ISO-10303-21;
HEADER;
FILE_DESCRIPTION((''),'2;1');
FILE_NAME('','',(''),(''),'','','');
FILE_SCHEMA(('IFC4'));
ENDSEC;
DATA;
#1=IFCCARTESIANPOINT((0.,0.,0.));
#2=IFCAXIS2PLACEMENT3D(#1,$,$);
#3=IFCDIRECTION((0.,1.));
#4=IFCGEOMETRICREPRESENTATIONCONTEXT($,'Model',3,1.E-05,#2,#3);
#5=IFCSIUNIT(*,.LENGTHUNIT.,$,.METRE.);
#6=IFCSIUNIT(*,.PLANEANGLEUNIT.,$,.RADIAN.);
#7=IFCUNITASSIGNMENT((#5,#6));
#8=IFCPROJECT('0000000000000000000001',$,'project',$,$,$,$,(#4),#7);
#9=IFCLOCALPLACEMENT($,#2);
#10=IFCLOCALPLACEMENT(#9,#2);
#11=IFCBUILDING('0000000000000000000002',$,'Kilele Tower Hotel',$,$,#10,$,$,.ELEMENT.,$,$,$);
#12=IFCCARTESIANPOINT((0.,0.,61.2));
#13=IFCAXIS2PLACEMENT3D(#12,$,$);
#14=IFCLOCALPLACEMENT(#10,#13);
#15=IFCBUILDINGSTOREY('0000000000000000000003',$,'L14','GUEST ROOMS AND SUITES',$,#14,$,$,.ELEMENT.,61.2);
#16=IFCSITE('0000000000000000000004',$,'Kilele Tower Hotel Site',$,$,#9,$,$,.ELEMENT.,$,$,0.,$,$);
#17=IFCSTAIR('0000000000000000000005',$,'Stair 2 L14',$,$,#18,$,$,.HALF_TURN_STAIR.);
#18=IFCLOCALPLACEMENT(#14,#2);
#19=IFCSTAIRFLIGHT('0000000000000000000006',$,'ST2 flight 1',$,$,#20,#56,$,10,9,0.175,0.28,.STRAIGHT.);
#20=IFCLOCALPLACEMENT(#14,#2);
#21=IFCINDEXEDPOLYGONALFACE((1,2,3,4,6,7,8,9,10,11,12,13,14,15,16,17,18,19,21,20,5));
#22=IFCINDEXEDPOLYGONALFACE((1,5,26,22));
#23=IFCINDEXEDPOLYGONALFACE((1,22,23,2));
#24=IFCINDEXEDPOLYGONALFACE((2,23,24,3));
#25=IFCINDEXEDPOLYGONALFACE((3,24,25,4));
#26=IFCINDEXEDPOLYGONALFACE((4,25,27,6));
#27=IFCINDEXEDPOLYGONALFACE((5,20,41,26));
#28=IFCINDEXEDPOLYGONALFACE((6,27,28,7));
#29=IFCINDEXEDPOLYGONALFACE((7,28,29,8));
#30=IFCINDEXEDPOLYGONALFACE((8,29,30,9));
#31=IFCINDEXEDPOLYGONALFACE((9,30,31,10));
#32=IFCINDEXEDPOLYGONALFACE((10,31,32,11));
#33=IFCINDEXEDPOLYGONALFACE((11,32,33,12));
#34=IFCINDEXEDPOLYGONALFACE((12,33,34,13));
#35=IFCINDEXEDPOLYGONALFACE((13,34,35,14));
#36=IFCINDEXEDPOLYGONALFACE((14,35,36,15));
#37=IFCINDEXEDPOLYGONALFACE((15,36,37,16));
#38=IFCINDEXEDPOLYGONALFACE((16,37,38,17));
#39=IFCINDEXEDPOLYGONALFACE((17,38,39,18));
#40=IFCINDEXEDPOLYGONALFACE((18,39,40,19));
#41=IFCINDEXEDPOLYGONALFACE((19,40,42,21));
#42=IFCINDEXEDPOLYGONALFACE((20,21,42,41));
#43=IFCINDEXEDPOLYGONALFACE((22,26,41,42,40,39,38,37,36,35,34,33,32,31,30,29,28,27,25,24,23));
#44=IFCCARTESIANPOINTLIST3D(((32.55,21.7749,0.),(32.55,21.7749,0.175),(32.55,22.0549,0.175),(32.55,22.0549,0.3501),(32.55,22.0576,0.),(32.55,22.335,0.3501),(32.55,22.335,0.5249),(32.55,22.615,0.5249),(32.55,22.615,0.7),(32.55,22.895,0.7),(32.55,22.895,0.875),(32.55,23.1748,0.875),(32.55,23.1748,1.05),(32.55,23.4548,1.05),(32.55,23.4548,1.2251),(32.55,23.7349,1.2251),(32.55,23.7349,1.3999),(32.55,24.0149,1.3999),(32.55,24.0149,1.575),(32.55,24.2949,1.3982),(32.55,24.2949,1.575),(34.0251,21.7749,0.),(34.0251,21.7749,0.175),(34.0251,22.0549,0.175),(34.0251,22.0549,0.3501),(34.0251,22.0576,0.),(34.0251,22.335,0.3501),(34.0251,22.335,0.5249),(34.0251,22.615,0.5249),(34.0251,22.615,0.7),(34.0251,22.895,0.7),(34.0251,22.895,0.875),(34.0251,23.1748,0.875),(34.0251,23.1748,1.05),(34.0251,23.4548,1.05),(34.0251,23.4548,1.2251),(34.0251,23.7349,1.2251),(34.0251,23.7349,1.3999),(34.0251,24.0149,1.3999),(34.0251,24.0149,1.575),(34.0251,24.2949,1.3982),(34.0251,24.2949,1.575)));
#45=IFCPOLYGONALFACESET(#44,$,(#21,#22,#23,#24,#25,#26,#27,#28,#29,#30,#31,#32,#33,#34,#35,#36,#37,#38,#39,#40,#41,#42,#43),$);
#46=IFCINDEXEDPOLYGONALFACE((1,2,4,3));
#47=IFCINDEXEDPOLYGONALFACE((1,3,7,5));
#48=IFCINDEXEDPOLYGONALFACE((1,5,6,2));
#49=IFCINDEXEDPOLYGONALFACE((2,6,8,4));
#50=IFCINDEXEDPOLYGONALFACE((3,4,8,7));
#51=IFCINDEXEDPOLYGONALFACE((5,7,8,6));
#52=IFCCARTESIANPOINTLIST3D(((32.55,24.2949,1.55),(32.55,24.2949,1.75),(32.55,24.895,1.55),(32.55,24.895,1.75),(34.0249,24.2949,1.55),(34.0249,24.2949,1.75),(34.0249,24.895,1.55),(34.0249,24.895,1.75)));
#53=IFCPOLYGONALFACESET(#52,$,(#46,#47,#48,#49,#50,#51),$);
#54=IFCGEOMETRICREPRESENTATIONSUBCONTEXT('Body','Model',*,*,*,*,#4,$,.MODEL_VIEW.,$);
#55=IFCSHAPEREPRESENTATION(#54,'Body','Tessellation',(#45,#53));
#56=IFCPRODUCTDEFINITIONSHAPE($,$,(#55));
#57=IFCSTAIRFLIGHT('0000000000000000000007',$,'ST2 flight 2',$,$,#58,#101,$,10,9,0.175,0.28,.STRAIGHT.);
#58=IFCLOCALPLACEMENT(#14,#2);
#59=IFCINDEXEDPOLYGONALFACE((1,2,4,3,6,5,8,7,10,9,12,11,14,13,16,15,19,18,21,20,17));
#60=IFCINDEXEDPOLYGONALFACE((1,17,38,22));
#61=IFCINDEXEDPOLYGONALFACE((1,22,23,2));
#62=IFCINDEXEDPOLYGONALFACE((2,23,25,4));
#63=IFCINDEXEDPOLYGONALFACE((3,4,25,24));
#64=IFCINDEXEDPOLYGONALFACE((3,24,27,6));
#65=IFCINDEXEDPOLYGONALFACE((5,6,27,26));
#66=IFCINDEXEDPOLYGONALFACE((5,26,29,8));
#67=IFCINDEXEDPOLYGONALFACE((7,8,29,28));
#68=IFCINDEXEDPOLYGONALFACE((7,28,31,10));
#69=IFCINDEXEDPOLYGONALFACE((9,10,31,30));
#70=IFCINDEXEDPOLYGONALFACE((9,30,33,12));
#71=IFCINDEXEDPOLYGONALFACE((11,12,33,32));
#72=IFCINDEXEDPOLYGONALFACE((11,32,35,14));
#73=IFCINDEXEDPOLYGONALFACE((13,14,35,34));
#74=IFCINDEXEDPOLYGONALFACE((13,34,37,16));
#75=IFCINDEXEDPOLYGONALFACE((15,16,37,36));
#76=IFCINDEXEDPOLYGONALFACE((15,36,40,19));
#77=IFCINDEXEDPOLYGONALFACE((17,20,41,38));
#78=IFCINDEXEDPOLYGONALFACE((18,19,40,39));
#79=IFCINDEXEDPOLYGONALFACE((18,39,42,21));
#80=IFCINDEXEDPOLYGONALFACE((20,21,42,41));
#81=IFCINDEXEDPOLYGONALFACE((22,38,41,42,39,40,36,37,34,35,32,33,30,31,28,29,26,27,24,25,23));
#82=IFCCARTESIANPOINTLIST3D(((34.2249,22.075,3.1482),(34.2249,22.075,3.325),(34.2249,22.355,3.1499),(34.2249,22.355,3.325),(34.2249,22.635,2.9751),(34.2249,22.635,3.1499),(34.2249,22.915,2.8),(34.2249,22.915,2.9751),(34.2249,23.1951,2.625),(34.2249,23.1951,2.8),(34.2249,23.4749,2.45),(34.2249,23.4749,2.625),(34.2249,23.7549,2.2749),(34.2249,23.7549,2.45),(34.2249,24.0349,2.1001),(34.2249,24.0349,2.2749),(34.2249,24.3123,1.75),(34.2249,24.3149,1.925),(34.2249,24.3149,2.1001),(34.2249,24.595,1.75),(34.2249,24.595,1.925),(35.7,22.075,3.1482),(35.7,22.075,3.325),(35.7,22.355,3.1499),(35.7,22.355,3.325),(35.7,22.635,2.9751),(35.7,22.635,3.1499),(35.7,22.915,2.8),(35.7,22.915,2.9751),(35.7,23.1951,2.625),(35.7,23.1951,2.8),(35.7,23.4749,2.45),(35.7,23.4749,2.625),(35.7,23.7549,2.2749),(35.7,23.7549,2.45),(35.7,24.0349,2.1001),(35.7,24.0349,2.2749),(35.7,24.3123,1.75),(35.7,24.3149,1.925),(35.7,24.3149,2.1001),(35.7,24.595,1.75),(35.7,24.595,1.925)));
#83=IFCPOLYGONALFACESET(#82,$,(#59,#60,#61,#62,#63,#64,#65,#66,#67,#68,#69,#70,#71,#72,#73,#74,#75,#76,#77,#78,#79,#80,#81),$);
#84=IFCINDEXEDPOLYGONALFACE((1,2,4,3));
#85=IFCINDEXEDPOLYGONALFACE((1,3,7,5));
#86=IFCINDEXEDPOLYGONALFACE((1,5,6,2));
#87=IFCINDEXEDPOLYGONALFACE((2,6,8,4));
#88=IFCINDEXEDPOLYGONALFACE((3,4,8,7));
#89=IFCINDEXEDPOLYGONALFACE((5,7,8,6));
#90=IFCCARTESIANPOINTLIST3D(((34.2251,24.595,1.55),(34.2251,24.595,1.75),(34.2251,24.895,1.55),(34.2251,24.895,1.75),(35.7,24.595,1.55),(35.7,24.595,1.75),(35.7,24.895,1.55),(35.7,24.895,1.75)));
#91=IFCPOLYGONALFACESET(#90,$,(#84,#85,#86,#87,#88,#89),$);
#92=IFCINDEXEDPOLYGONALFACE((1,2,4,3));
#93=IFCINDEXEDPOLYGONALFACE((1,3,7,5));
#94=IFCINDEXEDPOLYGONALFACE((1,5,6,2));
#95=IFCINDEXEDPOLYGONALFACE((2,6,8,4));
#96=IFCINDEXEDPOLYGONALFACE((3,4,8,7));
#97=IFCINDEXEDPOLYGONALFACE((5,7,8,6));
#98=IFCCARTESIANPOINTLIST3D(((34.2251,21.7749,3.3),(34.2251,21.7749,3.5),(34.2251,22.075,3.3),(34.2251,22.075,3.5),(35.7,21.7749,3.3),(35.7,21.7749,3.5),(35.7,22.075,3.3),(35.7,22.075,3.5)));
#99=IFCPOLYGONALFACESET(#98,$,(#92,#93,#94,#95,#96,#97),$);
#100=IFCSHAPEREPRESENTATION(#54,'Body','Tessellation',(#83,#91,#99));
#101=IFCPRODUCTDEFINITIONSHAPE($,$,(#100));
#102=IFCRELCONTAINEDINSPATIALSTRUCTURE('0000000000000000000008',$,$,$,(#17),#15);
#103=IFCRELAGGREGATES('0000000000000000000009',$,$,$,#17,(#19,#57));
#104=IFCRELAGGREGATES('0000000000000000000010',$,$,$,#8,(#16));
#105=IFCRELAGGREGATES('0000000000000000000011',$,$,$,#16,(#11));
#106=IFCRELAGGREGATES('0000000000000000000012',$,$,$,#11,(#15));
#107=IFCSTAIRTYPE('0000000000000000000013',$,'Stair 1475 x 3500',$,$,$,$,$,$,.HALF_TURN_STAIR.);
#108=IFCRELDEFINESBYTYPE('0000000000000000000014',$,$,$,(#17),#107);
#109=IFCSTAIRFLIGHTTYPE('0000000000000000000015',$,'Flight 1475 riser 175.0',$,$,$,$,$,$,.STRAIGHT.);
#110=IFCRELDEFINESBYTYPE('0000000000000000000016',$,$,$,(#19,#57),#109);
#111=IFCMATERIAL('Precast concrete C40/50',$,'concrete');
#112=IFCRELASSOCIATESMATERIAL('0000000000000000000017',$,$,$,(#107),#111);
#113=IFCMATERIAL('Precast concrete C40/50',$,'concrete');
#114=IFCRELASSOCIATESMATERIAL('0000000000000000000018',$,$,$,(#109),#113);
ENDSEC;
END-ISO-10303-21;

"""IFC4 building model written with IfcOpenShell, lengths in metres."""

from ifc_helpers import new_model, si_unit, direction, frame, origin, place, context, subcontext, project, spatial, polyline, outline, extrude, material, type_object, element, aggregate, save


model = new_model("IFC4")

# Units and contexts
model_context = context("Model", 3, precision=1e-05, world=origin(), true_north=direction((0.0, 1.0)))
body_context = subcontext(model_context, "Body", "Model", "MODEL_VIEW")
ifc_project = project(units=[si_unit("LENGTHUNIT", "METRE"), si_unit("PLANEANGLEUNIT", "RADIAN")], contexts=[model_context])

# Site, building, storey
site_placement = place(None, origin())
site = spatial("IfcSite", under=ifc_project, at=site_placement, Name="Kilele Tower Hotel Site", CompositionType="ELEMENT", RefElevation=0.0)
building_placement = place(site_placement, origin())
building = spatial("IfcBuilding", under=site, at=building_placement, Name="Kilele Tower Hotel", CompositionType="ELEMENT")
storey_placement = place(building_placement, frame((0.0, 0.0, 61.2)))
storey = spatial("IfcBuildingStorey", under=building, at=storey_placement, Name="L14", Description="GUEST ROOMS AND SUITES", CompositionType="ELEMENT", Elevation=61.2)

# Stair, stair flights
ifc_material_1 = material(Name="Precast concrete C40/50", Category="concrete")
stair_type = type_object("IfcStairType", Name="Stair 1475 x 3500", PredefinedType="HALF_TURN_STAIR", material=ifc_material_1)
stair_placement = place(storey_placement, origin())
stair = element("IfcStair", 1, at=stair_placement, inside=storey, type_object=stair_type, Name="Stair 2 L14", PredefinedType="HALF_TURN_STAIR")
ifc_material_2 = material(Name="Precast concrete C40/50", Category="concrete")
stair_flight_type = type_object("IfcStairFlightType", Name="Flight 1475 riser 175.0", PredefinedType="STRAIGHT", material=ifc_material_2)
stair_flight_1_placement = place(storey_placement, frame((33.2876, 21.7749, 0.0), z_axis=(0.0, 0.0, 1.0), x_axis=(0.0, 1.0, 0.0)))
stair_flight_1 = element("IfcStairFlight", 2, at=stair_flight_1_placement, type_object=stair_flight_type, Name="ST2 flight 1", NumberOfRisers=10, NumberOfTreads=9, PredefinedType="STRAIGHT", RiserHeight=0.175, TreadLength=0.28, context=body_context, shape_type="SweptSolid", body=[
    extrude(outline(polyline([(0.0, 0.0), (0.0, 0.175), (0.28, 0.175), (0.28, 0.3501), (0.5601, 0.3501), (0.5601, 0.5249), (0.8401, 0.5249), (0.8401, 0.7), (1.1201, 0.7), (1.1201, 0.875), (1.3999, 0.875), (1.3999, 1.05), (1.6799, 1.05), (1.6799, 1.2251), (1.96, 1.2251), (1.96, 1.3999), (2.24, 1.3999), (2.24, 1.575), (2.52, 1.575), (2.52, 1.75), (2.52, 1.3982), (0.2827, 0.0), (0.0, 0.0)])), frame((0.0, 0.7375, 0.0), z_axis=(0.0, -1.0, 0.0), x_axis=(1.0, 0.0, 0.0)), (0.0, 0.0, 1.0), 1.4751),
    extrude(outline(polyline([(2.52, 0.7375), (2.52, -0.7373), (3.1201, -0.7373), (3.1201, 0.7375), (2.52, 0.7375)])), frame((0.0, 0.0, 1.55)), (0.0, 0.0, 1.0), 0.2),
])
stair_flight_2_placement = place(storey_placement, frame((34.9624, 24.595, 1.75), z_axis=(0.0, 0.0, 1.0), x_axis=(0.0, -1.0, 0.0)))
stair_flight_2 = element("IfcStairFlight", 3, at=stair_flight_2_placement, type_object=stair_flight_type, Name="ST2 flight 2", NumberOfRisers=10, NumberOfTreads=9, PredefinedType="STRAIGHT", RiserHeight=0.175, TreadLength=0.28, context=body_context, shape_type="SweptSolid", body=[
    extrude(outline(polyline([(0.0, 0.0), (0.0, 0.175), (0.28, 0.175), (0.28, 0.3501), (0.5601, 0.3501), (0.5601, 0.5249), (0.8401, 0.5249), (0.8401, 0.7), (1.1201, 0.7), (1.1201, 0.875), (1.3999, 0.875), (1.3999, 1.05), (1.6799, 1.05), (1.6799, 1.2251), (1.96, 1.2251), (1.96, 1.3999), (2.24, 1.3999), (2.24, 1.575), (2.52, 1.575), (2.52, 1.75), (2.52, 1.3982), (0.2827, 0.0), (0.0, 0.0)])), frame((0.0, 0.7375, 0.0), z_axis=(0.0, -1.0, 0.0), x_axis=(1.0, 0.0, 0.0)), (0.0, 0.0, 1.0), 1.4751),
    extrude(outline(polyline([(0.0, -0.7373), (0.0, 0.7375), (-0.3, 0.7375), (-0.3, -0.7373), (0.0, -0.7373)])), frame((0.0, 0.0, -0.2)), (0.0, 0.0, 1.0), 0.2),
    extrude(outline(polyline([(2.8201, -0.7373), (2.8201, 0.7375), (2.52, 0.7375), (2.52, -0.7373), (2.8201, -0.7373)])), frame((0.0, 0.0, 1.55)), (0.0, 0.0, 1.0), 0.2),
])
aggregate(stair, [stair_flight_1, stair_flight_2])

save(model, "model.ifc")
